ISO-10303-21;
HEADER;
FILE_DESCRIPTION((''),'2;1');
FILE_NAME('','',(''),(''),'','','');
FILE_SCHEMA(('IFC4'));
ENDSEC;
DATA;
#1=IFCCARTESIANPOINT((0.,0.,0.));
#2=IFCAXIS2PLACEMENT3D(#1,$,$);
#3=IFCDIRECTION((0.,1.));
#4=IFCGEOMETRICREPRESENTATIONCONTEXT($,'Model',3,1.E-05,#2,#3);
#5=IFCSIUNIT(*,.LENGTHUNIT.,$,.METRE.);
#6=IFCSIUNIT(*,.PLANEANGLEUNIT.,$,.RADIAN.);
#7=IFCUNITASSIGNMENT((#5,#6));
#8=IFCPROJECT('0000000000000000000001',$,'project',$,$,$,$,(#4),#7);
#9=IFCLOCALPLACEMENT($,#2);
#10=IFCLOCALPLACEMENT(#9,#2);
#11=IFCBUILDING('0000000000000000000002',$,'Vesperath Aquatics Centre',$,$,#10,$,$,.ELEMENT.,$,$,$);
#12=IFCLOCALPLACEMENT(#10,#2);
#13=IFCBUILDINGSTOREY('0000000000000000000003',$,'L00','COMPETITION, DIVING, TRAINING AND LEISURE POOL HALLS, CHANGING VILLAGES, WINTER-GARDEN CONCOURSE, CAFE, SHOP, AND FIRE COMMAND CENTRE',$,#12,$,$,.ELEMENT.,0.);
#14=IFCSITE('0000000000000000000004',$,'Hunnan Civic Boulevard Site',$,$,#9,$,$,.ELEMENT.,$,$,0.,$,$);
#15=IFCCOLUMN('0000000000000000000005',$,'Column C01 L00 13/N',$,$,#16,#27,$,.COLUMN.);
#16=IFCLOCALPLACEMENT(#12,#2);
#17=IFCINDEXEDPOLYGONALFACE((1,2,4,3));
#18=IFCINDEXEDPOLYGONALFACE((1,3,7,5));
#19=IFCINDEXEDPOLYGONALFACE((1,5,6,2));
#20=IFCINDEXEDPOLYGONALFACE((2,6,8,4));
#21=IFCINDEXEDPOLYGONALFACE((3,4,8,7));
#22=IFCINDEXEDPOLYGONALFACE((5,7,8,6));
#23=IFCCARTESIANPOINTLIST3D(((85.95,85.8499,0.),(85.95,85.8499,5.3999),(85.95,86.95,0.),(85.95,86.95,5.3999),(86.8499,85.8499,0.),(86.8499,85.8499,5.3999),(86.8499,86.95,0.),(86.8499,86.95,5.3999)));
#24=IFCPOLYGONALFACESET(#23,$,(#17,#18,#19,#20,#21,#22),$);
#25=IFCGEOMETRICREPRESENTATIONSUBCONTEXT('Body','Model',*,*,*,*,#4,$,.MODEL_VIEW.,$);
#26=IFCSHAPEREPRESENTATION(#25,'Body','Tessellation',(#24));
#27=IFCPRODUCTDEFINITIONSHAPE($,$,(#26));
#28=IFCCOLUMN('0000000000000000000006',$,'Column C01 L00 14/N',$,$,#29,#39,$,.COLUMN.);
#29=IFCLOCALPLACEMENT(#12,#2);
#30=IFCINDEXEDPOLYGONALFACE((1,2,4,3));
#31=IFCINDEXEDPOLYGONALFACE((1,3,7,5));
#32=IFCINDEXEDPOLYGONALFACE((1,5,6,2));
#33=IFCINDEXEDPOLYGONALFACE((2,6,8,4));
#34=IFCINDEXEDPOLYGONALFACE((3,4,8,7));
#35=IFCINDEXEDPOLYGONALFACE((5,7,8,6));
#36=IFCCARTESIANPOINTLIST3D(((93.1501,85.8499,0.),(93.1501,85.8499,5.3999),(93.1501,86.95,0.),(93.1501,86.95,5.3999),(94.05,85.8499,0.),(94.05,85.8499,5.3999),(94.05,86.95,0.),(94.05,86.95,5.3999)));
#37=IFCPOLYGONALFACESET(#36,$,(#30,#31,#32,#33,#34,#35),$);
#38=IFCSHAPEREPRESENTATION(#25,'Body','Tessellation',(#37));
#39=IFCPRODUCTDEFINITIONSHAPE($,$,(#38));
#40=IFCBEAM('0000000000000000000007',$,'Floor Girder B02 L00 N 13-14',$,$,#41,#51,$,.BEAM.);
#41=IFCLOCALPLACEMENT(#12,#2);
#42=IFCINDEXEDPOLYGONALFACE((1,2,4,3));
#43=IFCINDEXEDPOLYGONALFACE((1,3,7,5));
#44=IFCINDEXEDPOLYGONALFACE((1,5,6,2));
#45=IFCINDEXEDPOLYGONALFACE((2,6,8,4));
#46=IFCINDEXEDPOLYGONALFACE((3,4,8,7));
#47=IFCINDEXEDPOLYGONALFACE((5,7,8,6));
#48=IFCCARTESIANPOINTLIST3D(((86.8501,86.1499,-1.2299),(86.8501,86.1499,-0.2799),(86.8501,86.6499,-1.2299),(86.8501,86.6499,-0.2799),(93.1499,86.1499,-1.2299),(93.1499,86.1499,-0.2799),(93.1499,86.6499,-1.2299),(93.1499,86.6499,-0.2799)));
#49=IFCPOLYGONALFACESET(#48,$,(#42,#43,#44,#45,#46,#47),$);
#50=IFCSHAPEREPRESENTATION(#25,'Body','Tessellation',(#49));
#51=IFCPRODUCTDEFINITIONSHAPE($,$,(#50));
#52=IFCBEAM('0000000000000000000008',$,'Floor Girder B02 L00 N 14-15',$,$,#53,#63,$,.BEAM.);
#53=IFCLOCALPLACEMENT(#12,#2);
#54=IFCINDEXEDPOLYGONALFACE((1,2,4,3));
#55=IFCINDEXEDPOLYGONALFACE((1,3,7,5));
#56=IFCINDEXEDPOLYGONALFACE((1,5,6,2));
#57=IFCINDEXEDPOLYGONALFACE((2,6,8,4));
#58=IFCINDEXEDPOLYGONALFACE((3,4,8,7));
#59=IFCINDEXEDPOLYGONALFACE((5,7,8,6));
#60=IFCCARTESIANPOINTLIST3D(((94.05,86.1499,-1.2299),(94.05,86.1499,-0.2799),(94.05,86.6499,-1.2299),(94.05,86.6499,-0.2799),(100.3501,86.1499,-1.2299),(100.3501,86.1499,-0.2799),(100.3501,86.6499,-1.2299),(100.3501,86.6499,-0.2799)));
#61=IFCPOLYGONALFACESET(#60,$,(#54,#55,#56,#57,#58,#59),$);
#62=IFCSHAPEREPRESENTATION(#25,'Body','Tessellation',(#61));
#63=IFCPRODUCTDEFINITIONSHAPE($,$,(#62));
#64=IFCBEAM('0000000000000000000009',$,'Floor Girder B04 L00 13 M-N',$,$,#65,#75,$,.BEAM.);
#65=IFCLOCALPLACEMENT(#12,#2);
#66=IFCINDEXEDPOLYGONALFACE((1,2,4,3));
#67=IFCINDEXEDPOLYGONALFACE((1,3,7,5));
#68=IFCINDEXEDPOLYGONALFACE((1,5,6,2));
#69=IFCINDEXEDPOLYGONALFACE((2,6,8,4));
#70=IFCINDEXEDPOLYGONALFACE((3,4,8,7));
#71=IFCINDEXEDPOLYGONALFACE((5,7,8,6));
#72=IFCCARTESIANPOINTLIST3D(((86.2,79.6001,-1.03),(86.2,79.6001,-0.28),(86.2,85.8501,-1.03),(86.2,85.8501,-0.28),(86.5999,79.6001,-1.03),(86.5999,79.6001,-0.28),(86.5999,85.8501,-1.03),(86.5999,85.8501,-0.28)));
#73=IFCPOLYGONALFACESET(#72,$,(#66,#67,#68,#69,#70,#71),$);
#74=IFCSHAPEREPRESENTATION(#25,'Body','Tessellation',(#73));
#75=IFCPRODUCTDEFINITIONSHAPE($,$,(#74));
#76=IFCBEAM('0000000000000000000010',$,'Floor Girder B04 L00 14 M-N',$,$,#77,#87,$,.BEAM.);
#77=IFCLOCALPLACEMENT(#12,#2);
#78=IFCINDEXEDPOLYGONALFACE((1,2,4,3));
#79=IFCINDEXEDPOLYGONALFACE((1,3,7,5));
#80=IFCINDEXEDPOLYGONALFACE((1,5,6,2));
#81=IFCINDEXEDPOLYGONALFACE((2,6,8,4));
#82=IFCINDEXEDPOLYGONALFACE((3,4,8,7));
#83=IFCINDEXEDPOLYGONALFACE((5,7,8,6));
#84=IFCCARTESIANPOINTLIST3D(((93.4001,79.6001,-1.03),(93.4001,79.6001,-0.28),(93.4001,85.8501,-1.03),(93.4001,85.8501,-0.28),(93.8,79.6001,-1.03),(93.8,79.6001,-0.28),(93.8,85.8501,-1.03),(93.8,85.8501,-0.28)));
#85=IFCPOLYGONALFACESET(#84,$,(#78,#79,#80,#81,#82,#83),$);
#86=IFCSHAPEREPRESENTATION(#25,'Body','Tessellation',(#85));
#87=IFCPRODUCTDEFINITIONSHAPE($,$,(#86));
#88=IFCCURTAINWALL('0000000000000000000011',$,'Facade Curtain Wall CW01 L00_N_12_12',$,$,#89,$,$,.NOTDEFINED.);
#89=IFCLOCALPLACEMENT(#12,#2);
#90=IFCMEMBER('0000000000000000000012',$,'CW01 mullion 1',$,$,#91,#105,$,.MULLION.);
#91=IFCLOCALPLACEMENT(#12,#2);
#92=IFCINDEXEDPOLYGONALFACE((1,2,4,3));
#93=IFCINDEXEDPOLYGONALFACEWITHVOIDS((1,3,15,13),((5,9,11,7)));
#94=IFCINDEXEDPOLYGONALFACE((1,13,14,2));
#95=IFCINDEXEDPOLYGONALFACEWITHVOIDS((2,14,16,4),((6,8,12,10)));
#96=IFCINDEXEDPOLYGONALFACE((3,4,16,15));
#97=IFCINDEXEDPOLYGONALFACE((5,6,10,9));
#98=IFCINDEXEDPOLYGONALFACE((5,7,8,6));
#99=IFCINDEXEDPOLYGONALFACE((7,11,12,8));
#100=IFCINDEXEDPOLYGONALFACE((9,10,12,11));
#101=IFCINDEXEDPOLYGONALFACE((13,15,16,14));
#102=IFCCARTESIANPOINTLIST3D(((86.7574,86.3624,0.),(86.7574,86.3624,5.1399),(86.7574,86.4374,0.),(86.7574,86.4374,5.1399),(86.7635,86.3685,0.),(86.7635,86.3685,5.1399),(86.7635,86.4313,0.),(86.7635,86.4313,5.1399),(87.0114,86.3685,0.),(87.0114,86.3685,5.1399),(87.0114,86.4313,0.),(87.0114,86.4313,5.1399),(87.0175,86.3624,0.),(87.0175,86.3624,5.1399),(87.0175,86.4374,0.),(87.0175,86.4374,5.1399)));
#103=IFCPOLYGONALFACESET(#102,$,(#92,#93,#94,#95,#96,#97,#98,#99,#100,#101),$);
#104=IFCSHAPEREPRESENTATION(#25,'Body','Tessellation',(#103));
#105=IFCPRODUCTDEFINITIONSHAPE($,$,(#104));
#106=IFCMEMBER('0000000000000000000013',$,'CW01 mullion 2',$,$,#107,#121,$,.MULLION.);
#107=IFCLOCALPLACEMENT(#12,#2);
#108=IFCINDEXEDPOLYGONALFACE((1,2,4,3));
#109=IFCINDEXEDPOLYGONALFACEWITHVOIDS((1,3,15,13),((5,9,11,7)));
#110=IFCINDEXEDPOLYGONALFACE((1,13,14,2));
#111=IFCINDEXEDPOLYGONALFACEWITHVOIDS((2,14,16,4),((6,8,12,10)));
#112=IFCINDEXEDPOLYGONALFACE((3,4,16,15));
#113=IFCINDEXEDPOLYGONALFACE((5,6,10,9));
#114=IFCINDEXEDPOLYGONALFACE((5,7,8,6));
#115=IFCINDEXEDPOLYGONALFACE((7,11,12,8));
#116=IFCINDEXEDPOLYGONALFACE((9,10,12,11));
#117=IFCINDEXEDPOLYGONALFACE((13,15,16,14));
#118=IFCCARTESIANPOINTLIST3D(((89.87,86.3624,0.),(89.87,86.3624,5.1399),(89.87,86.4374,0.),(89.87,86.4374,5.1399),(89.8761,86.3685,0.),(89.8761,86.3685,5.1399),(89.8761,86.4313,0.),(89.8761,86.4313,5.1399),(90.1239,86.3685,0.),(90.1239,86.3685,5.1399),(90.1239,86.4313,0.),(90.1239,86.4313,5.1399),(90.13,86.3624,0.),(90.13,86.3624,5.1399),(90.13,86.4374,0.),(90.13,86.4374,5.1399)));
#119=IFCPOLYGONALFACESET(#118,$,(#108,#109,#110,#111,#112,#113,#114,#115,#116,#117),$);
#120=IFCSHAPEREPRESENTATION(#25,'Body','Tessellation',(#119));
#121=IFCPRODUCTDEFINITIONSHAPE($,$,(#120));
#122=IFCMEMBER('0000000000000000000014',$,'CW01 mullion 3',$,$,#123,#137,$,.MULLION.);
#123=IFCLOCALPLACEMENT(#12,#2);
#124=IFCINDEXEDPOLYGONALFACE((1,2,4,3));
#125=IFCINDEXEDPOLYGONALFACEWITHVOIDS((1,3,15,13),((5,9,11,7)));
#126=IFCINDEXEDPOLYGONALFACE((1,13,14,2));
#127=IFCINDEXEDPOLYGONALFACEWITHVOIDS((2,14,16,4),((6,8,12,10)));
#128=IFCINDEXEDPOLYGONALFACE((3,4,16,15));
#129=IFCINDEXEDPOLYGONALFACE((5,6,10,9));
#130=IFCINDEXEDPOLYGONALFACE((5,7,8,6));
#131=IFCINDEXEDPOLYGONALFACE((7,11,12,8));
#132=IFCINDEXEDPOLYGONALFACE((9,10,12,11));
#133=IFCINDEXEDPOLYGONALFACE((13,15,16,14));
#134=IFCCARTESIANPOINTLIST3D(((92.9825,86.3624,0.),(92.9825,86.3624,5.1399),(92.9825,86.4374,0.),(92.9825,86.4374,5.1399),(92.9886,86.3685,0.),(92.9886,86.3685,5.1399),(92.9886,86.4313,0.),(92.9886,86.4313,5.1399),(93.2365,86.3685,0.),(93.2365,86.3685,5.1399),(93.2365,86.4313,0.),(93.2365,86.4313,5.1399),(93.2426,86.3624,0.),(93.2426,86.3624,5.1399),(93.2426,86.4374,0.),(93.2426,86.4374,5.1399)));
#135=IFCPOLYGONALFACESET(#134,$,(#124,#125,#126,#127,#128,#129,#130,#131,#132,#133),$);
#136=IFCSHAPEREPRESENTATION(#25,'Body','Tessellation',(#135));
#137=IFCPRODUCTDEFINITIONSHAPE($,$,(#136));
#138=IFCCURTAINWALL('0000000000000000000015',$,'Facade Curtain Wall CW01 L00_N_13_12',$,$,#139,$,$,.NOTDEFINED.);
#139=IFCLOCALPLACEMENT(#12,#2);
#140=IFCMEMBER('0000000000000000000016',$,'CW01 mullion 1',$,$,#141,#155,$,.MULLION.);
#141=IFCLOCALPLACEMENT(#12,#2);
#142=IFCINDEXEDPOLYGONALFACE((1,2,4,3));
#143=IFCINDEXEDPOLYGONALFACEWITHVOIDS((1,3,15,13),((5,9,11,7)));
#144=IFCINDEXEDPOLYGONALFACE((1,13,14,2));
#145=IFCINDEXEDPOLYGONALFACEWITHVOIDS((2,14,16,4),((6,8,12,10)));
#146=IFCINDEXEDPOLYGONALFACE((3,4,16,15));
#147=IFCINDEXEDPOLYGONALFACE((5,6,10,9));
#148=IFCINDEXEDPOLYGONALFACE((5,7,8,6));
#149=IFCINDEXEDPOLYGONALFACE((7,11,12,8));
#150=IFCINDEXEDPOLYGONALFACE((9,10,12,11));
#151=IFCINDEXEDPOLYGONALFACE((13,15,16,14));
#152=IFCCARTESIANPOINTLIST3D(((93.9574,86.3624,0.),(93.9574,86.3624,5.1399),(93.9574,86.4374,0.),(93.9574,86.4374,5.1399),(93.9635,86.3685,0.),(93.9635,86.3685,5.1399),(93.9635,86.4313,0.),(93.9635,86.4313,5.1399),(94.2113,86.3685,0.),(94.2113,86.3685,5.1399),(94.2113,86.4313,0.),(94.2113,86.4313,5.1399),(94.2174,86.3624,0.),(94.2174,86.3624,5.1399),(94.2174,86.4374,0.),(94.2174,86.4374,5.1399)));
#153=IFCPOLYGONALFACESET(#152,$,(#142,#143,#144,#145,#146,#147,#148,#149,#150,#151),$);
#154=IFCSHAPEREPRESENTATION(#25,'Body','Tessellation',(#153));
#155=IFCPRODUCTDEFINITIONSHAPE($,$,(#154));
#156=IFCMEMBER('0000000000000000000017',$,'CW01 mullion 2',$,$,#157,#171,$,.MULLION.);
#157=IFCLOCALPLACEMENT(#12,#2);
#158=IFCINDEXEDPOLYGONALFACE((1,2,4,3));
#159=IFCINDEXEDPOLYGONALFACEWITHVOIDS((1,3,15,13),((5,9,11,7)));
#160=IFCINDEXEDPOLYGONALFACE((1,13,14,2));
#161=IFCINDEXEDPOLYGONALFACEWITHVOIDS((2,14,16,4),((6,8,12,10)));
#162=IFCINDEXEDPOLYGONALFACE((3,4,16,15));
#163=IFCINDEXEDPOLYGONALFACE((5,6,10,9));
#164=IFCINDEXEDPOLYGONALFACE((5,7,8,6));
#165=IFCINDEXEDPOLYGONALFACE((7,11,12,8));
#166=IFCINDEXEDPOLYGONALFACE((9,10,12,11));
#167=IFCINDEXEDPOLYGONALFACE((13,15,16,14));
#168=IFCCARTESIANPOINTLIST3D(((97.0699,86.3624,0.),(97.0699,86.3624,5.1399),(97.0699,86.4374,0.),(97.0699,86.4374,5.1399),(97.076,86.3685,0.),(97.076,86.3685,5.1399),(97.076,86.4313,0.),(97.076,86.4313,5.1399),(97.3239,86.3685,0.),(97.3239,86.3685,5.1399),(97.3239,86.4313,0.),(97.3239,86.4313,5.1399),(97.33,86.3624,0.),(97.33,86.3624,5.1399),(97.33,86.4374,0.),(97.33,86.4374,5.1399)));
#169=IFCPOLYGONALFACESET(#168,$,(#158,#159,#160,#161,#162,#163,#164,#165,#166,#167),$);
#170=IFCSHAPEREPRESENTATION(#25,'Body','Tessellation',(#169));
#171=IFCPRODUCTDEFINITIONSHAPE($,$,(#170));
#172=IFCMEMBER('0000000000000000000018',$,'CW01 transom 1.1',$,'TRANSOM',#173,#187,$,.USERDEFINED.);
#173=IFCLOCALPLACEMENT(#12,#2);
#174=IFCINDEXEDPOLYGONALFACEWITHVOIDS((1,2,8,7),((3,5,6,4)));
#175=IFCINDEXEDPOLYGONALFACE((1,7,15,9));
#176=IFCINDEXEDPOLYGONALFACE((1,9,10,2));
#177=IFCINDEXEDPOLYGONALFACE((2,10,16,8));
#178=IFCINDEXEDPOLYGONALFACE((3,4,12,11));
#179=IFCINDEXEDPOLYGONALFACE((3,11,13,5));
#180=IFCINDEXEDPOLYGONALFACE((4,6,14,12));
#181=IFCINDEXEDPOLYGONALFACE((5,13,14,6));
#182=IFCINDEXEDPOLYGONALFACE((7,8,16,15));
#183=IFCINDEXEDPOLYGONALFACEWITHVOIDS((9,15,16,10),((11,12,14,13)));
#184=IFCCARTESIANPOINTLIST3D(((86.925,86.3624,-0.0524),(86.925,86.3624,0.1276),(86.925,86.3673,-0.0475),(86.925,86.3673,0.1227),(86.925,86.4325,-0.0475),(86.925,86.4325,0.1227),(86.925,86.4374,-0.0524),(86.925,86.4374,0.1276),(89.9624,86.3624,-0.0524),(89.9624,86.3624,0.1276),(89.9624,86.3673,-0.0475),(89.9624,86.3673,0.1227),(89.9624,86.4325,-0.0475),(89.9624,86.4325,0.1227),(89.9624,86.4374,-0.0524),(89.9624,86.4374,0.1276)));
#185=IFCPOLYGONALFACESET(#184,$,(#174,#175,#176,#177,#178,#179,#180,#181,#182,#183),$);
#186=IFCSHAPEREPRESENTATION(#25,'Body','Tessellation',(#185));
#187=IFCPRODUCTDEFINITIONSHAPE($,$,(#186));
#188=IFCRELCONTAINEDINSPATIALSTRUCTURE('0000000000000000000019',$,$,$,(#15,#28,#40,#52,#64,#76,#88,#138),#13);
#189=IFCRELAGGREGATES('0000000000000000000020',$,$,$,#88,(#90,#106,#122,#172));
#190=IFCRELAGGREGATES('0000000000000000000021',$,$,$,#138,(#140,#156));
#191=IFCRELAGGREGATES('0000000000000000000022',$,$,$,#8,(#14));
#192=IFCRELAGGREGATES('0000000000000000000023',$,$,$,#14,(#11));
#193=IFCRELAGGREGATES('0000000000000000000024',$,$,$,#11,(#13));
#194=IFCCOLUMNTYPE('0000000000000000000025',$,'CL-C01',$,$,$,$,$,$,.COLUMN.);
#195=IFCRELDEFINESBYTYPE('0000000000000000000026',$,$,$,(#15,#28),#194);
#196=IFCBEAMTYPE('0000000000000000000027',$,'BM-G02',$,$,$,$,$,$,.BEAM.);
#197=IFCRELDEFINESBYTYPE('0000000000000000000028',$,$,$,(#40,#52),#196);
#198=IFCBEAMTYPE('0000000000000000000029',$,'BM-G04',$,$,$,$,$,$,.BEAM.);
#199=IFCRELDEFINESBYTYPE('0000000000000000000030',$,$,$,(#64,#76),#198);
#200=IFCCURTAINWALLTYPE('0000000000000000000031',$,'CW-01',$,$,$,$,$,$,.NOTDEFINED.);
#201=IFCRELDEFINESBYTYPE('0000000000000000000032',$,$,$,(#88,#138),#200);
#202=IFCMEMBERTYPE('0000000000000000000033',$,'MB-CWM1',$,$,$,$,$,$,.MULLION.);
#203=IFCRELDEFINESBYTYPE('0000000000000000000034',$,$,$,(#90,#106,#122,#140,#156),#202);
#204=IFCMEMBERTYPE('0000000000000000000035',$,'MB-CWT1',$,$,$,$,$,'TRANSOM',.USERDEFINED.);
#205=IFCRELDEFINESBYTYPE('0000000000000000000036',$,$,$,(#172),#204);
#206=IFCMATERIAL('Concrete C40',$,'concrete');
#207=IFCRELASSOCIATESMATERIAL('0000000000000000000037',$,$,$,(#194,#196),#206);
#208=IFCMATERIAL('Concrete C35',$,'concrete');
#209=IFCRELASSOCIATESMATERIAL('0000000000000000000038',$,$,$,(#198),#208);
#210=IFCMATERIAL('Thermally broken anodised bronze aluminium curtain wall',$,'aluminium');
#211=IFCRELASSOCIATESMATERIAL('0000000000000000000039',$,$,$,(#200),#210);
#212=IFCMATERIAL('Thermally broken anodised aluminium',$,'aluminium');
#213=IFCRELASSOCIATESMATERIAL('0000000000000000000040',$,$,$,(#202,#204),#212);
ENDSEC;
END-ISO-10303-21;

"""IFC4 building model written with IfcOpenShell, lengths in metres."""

from ifc_helpers import new_model, si_unit, direction, frame, origin, origin_2d, place, context, subcontext, project, spatial, rectangle, hollow_rectangle, extrude, material, material_profile, profile_set, type_object, element, aggregate, save


model = new_model("IFC4")

# Units and contexts
model_context = context("Model", 3, precision=1e-05, world=origin(), true_north=direction((0.0, 1.0)))
body_context = subcontext(model_context, "Body", "Model", "MODEL_VIEW")
ifc_project = project(units=[si_unit("LENGTHUNIT", "METRE"), si_unit("PLANEANGLEUNIT", "RADIAN")], contexts=[model_context])

# Site, building, storey
site_placement = place(None, origin())
site = spatial("IfcSite", under=ifc_project, at=site_placement, Name="Hunnan Civic Boulevard Site", CompositionType="ELEMENT", RefElevation=0.0)
building_placement = place(site_placement, origin())
building = spatial("IfcBuilding", under=site, at=building_placement, Name="Vesperath Aquatics Centre", CompositionType="ELEMENT")
storey_placement = place(building_placement, origin())
storey = spatial("IfcBuildingStorey", under=building, at=storey_placement, Name="L00", Description="COMPETITION, DIVING, TRAINING AND LEISURE POOL HALLS, CHANGING VILLAGES, WINTER-GARDEN CONCOURSE, CAFE, SHOP, AND FIRE COMMAND CENTRE", CompositionType="ELEMENT", Elevation=0.0)

# Columns
ifc_material_1 = material(Name="Concrete C40", Category="concrete")
ifc_material_profile_1 = material_profile(ifc_material_1, rectangle(XDim=0.8999, YDim=1.1001, at=origin_2d()), Name="RC 1100x900")
ifc_profile_set_1 = profile_set([ifc_material_profile_1], Name="Concrete C40")
column_type = type_object("IfcColumnType", Name="CL-C01", PredefinedType="COLUMN", material=ifc_profile_set_1)
for number, where, z_axis, x_axis, name in (
    (1, (86.3999, 86.3999, 0.0), (0.0, 0.0, 1.0), (1.0, 0.0, 0.0), "Column C01 L00 13/N"),
    (2, (93.6001, 86.3999, 0.0), (0.0, 0.0, 1.0), (1.0, 0.0, 0.0), "Column C01 L00 14/N"),
):
    element("IfcColumn", number, at=place(storey_placement, frame(where, z_axis=z_axis, x_axis=x_axis)), inside=storey, type_object=column_type, Name=name, PredefinedType="COLUMN", context=body_context, shape_type="SweptSolid", body=[
        extrude(rectangle(XDim=0.8999, YDim=1.1001, at=origin_2d()), origin(), (0.0, 0.0, 1.0), 5.3999),
    ])

# Beams
ifc_material_profile_2 = material_profile(ifc_material_1, rectangle(XDim=0.5, YDim=0.95, at=origin_2d()), Name="RC 500x950")
ifc_profile_set_2 = profile_set([ifc_material_profile_2], Name="Concrete C40")
beam_type_1 = type_object("IfcBeamType", Name="BM-G02", PredefinedType="BEAM", material=ifc_profile_set_2)
beam_1_placement = place(storey_placement, frame((86.8501, 86.3999, -0.7549), z_axis=(1.0, 0.0, 0.0), x_axis=(0.0, 1.0, 0.0)))
element("IfcBeam", 3, at=beam_1_placement, inside=storey, type_object=beam_type_1, Name="Floor Girder B02 L00 N 13-14", PredefinedType="BEAM", context=body_context, shape_type="SweptSolid", body=[
    extrude(rectangle(XDim=0.5, YDim=0.95, at=origin_2d()), origin(), (0.0, 0.0, 1.0), 6.2998),
])
beam_2_placement = place(storey_placement, frame((94.05, 86.3999, -0.7549), z_axis=(1.0, 0.0, 0.0), x_axis=(0.0, 1.0, 0.0)))
element("IfcBeam", 4, at=beam_2_placement, inside=storey, type_object=beam_type_1, Name="Floor Girder B02 L00 N 14-15", PredefinedType="BEAM", context=body_context, shape_type="SweptSolid", body=[
    extrude(rectangle(XDim=0.5, YDim=0.95, at=origin_2d()), origin(), (0.0, 0.0, 1.0), 6.3),
])
ifc_material_2 = material(Name="Concrete C35", Category="concrete")
ifc_material_profile_3 = material_profile(ifc_material_2, rectangle(XDim=0.3999, YDim=0.75, at=origin_2d()), Name="RC 400x750")
ifc_profile_set_3 = profile_set([ifc_material_profile_3], Name="Concrete C35")
beam_type_2 = type_object("IfcBeamType", Name="BM-G04", PredefinedType="BEAM", material=ifc_profile_set_3)
for number, where, z_axis, x_axis, name in (
    (5, (86.3999, 79.6001, -0.655), (0.0, 1.0, 0.0), (-1.0, 0.0, 0.0), "Floor Girder B04 L00 13 M-N"),
    (6, (93.6001, 79.6001, -0.655), (0.0, 1.0, 0.0), (-1.0, 0.0, 0.0), "Floor Girder B04 L00 14 M-N"),
):
    element("IfcBeam", number, at=place(storey_placement, frame(where, z_axis=z_axis, x_axis=x_axis)), inside=storey, type_object=beam_type_2, Name=name, PredefinedType="BEAM", context=body_context, shape_type="SweptSolid", body=[
        extrude(rectangle(XDim=0.3999, YDim=0.75, at=origin_2d()), origin(), (0.0, 0.0, 1.0), 6.25),
    ])

# Curtain walls, members
ifc_material_3 = material(Name="Thermally broken anodised bronze aluminium curtain wall", Category="aluminium")
curtain_wall_type = type_object("IfcCurtainWallType", Name="CW-01", PredefinedType="NOTDEFINED", material=ifc_material_3)
curtain_wall_1_placement = place(storey_placement, origin())
curtain_wall_1 = element("IfcCurtainWall", 7, at=curtain_wall_1_placement, inside=storey, type_object=curtain_wall_type, Name="Facade Curtain Wall CW01 L00_N_12_12", PredefinedType="NOTDEFINED")
ifc_material_4 = material(Name="Thermally broken anodised aluminium", Category="aluminium")
ifc_material_profile_4 = material_profile(ifc_material_4, hollow_rectangle(XDim=0.075, YDim=0.26, WallThickness=0.0061, at=origin_2d()), Name="CWM 75x260x6")
ifc_profile_set_4 = profile_set([ifc_material_profile_4], Name="Thermally broken anodised aluminium")
member_type_1 = type_object("IfcMemberType", Name="MB-CWM1", PredefinedType="MULLION", material=ifc_profile_set_4)
member_1_placement = place(storey_placement, frame((86.8875, 86.3999, 0.0), z_axis=(0.0, 0.0, 1.0), x_axis=(0.0, 1.0, 0.0)))
member_1 = element("IfcMember", 8, at=member_1_placement, type_object=member_type_1, Name="CW01 mullion 1", PredefinedType="MULLION", context=body_context, shape_type="SweptSolid", body=[
    extrude(hollow_rectangle(XDim=0.075, YDim=0.26, WallThickness=0.0061, at=origin_2d()), origin(), (0.0, 0.0, 1.0), 5.1399),
])
member_2_placement = place(storey_placement, frame((90.0, 86.3999, 0.0), z_axis=(0.0, 0.0, 1.0), x_axis=(0.0, 1.0, 0.0)))
member_2 = element("IfcMember", 9, at=member_2_placement, type_object=member_type_1, Name="CW01 mullion 2", PredefinedType="MULLION", context=body_context, shape_type="SweptSolid", body=[
    extrude(hollow_rectangle(XDim=0.075, YDim=0.26, WallThickness=0.0061, at=origin_2d()), origin(), (0.0, 0.0, 1.0), 5.1399),
])
member_3_placement = place(storey_placement, frame((93.1125, 86.3999, 0.0), z_axis=(0.0, 0.0, 1.0), x_axis=(0.0, 1.0, 0.0)))
member_3 = element("IfcMember", 10, at=member_3_placement, type_object=member_type_1, Name="CW01 mullion 3", PredefinedType="MULLION", context=body_context, shape_type="SweptSolid", body=[
    extrude(hollow_rectangle(XDim=0.075, YDim=0.26, WallThickness=0.0061, at=origin_2d()), origin(), (0.0, 0.0, 1.0), 5.1399),
])
curtain_wall_2_placement = place(storey_placement, origin())
curtain_wall_2 = element("IfcCurtainWall", 11, at=curtain_wall_2_placement, inside=storey, type_object=curtain_wall_type, Name="Facade Curtain Wall CW01 L00_N_13_12", PredefinedType="NOTDEFINED")
member_4_placement = place(storey_placement, frame((94.0874, 86.3999, 0.0), z_axis=(0.0, 0.0, 1.0), x_axis=(0.0, 1.0, 0.0)))
member_4 = element("IfcMember", 12, at=member_4_placement, type_object=member_type_1, Name="CW01 mullion 1", PredefinedType="MULLION", context=body_context, shape_type="SweptSolid", body=[
    extrude(hollow_rectangle(XDim=0.075, YDim=0.26, WallThickness=0.0061, at=origin_2d()), origin(), (0.0, 0.0, 1.0), 5.1399),
])
member_5_placement = place(storey_placement, frame((97.2, 86.3999, 0.0), z_axis=(0.0, 0.0, 1.0), x_axis=(0.0, 1.0, 0.0)))
member_5 = element("IfcMember", 13, at=member_5_placement, type_object=member_type_1, Name="CW01 mullion 2", PredefinedType="MULLION", context=body_context, shape_type="SweptSolid", body=[
    extrude(hollow_rectangle(XDim=0.075, YDim=0.26, WallThickness=0.0061, at=origin_2d()), origin(), (0.0, 0.0, 1.0), 5.1399),
])

# Member
ifc_material_profile_5 = material_profile(ifc_material_4, hollow_rectangle(XDim=0.075, YDim=0.1799, WallThickness=0.0049, at=origin_2d()), Name="CWT 75x180x5")
ifc_profile_set_5 = profile_set([ifc_material_profile_5], Name="Thermally broken anodised aluminium")
member_type_2 = type_object("IfcMemberType", Name="MB-CWT1", ElementType="TRANSOM", PredefinedType="USERDEFINED", material=ifc_profile_set_5)
member_6_placement = place(storey_placement, frame((86.925, 86.3999, 0.0376), z_axis=(1.0, 0.0, 0.0), x_axis=(0.0, 1.0, 0.0)))
member_6 = element("IfcMember", 14, at=member_6_placement, type_object=member_type_2, Name="CW01 transom 1.1", ObjectType="TRANSOM", PredefinedType="USERDEFINED", context=body_context, shape_type="SweptSolid", body=[
    extrude(hollow_rectangle(XDim=0.075, YDim=0.1799, WallThickness=0.0049, at=origin_2d()), origin(), (0.0, 0.0, 1.0), 3.0374),
])

aggregate(curtain_wall_1, [member_1, member_2, member_3, member_6])
aggregate(curtain_wall_2, [member_4, member_5])

save(model, "model.ifc")
